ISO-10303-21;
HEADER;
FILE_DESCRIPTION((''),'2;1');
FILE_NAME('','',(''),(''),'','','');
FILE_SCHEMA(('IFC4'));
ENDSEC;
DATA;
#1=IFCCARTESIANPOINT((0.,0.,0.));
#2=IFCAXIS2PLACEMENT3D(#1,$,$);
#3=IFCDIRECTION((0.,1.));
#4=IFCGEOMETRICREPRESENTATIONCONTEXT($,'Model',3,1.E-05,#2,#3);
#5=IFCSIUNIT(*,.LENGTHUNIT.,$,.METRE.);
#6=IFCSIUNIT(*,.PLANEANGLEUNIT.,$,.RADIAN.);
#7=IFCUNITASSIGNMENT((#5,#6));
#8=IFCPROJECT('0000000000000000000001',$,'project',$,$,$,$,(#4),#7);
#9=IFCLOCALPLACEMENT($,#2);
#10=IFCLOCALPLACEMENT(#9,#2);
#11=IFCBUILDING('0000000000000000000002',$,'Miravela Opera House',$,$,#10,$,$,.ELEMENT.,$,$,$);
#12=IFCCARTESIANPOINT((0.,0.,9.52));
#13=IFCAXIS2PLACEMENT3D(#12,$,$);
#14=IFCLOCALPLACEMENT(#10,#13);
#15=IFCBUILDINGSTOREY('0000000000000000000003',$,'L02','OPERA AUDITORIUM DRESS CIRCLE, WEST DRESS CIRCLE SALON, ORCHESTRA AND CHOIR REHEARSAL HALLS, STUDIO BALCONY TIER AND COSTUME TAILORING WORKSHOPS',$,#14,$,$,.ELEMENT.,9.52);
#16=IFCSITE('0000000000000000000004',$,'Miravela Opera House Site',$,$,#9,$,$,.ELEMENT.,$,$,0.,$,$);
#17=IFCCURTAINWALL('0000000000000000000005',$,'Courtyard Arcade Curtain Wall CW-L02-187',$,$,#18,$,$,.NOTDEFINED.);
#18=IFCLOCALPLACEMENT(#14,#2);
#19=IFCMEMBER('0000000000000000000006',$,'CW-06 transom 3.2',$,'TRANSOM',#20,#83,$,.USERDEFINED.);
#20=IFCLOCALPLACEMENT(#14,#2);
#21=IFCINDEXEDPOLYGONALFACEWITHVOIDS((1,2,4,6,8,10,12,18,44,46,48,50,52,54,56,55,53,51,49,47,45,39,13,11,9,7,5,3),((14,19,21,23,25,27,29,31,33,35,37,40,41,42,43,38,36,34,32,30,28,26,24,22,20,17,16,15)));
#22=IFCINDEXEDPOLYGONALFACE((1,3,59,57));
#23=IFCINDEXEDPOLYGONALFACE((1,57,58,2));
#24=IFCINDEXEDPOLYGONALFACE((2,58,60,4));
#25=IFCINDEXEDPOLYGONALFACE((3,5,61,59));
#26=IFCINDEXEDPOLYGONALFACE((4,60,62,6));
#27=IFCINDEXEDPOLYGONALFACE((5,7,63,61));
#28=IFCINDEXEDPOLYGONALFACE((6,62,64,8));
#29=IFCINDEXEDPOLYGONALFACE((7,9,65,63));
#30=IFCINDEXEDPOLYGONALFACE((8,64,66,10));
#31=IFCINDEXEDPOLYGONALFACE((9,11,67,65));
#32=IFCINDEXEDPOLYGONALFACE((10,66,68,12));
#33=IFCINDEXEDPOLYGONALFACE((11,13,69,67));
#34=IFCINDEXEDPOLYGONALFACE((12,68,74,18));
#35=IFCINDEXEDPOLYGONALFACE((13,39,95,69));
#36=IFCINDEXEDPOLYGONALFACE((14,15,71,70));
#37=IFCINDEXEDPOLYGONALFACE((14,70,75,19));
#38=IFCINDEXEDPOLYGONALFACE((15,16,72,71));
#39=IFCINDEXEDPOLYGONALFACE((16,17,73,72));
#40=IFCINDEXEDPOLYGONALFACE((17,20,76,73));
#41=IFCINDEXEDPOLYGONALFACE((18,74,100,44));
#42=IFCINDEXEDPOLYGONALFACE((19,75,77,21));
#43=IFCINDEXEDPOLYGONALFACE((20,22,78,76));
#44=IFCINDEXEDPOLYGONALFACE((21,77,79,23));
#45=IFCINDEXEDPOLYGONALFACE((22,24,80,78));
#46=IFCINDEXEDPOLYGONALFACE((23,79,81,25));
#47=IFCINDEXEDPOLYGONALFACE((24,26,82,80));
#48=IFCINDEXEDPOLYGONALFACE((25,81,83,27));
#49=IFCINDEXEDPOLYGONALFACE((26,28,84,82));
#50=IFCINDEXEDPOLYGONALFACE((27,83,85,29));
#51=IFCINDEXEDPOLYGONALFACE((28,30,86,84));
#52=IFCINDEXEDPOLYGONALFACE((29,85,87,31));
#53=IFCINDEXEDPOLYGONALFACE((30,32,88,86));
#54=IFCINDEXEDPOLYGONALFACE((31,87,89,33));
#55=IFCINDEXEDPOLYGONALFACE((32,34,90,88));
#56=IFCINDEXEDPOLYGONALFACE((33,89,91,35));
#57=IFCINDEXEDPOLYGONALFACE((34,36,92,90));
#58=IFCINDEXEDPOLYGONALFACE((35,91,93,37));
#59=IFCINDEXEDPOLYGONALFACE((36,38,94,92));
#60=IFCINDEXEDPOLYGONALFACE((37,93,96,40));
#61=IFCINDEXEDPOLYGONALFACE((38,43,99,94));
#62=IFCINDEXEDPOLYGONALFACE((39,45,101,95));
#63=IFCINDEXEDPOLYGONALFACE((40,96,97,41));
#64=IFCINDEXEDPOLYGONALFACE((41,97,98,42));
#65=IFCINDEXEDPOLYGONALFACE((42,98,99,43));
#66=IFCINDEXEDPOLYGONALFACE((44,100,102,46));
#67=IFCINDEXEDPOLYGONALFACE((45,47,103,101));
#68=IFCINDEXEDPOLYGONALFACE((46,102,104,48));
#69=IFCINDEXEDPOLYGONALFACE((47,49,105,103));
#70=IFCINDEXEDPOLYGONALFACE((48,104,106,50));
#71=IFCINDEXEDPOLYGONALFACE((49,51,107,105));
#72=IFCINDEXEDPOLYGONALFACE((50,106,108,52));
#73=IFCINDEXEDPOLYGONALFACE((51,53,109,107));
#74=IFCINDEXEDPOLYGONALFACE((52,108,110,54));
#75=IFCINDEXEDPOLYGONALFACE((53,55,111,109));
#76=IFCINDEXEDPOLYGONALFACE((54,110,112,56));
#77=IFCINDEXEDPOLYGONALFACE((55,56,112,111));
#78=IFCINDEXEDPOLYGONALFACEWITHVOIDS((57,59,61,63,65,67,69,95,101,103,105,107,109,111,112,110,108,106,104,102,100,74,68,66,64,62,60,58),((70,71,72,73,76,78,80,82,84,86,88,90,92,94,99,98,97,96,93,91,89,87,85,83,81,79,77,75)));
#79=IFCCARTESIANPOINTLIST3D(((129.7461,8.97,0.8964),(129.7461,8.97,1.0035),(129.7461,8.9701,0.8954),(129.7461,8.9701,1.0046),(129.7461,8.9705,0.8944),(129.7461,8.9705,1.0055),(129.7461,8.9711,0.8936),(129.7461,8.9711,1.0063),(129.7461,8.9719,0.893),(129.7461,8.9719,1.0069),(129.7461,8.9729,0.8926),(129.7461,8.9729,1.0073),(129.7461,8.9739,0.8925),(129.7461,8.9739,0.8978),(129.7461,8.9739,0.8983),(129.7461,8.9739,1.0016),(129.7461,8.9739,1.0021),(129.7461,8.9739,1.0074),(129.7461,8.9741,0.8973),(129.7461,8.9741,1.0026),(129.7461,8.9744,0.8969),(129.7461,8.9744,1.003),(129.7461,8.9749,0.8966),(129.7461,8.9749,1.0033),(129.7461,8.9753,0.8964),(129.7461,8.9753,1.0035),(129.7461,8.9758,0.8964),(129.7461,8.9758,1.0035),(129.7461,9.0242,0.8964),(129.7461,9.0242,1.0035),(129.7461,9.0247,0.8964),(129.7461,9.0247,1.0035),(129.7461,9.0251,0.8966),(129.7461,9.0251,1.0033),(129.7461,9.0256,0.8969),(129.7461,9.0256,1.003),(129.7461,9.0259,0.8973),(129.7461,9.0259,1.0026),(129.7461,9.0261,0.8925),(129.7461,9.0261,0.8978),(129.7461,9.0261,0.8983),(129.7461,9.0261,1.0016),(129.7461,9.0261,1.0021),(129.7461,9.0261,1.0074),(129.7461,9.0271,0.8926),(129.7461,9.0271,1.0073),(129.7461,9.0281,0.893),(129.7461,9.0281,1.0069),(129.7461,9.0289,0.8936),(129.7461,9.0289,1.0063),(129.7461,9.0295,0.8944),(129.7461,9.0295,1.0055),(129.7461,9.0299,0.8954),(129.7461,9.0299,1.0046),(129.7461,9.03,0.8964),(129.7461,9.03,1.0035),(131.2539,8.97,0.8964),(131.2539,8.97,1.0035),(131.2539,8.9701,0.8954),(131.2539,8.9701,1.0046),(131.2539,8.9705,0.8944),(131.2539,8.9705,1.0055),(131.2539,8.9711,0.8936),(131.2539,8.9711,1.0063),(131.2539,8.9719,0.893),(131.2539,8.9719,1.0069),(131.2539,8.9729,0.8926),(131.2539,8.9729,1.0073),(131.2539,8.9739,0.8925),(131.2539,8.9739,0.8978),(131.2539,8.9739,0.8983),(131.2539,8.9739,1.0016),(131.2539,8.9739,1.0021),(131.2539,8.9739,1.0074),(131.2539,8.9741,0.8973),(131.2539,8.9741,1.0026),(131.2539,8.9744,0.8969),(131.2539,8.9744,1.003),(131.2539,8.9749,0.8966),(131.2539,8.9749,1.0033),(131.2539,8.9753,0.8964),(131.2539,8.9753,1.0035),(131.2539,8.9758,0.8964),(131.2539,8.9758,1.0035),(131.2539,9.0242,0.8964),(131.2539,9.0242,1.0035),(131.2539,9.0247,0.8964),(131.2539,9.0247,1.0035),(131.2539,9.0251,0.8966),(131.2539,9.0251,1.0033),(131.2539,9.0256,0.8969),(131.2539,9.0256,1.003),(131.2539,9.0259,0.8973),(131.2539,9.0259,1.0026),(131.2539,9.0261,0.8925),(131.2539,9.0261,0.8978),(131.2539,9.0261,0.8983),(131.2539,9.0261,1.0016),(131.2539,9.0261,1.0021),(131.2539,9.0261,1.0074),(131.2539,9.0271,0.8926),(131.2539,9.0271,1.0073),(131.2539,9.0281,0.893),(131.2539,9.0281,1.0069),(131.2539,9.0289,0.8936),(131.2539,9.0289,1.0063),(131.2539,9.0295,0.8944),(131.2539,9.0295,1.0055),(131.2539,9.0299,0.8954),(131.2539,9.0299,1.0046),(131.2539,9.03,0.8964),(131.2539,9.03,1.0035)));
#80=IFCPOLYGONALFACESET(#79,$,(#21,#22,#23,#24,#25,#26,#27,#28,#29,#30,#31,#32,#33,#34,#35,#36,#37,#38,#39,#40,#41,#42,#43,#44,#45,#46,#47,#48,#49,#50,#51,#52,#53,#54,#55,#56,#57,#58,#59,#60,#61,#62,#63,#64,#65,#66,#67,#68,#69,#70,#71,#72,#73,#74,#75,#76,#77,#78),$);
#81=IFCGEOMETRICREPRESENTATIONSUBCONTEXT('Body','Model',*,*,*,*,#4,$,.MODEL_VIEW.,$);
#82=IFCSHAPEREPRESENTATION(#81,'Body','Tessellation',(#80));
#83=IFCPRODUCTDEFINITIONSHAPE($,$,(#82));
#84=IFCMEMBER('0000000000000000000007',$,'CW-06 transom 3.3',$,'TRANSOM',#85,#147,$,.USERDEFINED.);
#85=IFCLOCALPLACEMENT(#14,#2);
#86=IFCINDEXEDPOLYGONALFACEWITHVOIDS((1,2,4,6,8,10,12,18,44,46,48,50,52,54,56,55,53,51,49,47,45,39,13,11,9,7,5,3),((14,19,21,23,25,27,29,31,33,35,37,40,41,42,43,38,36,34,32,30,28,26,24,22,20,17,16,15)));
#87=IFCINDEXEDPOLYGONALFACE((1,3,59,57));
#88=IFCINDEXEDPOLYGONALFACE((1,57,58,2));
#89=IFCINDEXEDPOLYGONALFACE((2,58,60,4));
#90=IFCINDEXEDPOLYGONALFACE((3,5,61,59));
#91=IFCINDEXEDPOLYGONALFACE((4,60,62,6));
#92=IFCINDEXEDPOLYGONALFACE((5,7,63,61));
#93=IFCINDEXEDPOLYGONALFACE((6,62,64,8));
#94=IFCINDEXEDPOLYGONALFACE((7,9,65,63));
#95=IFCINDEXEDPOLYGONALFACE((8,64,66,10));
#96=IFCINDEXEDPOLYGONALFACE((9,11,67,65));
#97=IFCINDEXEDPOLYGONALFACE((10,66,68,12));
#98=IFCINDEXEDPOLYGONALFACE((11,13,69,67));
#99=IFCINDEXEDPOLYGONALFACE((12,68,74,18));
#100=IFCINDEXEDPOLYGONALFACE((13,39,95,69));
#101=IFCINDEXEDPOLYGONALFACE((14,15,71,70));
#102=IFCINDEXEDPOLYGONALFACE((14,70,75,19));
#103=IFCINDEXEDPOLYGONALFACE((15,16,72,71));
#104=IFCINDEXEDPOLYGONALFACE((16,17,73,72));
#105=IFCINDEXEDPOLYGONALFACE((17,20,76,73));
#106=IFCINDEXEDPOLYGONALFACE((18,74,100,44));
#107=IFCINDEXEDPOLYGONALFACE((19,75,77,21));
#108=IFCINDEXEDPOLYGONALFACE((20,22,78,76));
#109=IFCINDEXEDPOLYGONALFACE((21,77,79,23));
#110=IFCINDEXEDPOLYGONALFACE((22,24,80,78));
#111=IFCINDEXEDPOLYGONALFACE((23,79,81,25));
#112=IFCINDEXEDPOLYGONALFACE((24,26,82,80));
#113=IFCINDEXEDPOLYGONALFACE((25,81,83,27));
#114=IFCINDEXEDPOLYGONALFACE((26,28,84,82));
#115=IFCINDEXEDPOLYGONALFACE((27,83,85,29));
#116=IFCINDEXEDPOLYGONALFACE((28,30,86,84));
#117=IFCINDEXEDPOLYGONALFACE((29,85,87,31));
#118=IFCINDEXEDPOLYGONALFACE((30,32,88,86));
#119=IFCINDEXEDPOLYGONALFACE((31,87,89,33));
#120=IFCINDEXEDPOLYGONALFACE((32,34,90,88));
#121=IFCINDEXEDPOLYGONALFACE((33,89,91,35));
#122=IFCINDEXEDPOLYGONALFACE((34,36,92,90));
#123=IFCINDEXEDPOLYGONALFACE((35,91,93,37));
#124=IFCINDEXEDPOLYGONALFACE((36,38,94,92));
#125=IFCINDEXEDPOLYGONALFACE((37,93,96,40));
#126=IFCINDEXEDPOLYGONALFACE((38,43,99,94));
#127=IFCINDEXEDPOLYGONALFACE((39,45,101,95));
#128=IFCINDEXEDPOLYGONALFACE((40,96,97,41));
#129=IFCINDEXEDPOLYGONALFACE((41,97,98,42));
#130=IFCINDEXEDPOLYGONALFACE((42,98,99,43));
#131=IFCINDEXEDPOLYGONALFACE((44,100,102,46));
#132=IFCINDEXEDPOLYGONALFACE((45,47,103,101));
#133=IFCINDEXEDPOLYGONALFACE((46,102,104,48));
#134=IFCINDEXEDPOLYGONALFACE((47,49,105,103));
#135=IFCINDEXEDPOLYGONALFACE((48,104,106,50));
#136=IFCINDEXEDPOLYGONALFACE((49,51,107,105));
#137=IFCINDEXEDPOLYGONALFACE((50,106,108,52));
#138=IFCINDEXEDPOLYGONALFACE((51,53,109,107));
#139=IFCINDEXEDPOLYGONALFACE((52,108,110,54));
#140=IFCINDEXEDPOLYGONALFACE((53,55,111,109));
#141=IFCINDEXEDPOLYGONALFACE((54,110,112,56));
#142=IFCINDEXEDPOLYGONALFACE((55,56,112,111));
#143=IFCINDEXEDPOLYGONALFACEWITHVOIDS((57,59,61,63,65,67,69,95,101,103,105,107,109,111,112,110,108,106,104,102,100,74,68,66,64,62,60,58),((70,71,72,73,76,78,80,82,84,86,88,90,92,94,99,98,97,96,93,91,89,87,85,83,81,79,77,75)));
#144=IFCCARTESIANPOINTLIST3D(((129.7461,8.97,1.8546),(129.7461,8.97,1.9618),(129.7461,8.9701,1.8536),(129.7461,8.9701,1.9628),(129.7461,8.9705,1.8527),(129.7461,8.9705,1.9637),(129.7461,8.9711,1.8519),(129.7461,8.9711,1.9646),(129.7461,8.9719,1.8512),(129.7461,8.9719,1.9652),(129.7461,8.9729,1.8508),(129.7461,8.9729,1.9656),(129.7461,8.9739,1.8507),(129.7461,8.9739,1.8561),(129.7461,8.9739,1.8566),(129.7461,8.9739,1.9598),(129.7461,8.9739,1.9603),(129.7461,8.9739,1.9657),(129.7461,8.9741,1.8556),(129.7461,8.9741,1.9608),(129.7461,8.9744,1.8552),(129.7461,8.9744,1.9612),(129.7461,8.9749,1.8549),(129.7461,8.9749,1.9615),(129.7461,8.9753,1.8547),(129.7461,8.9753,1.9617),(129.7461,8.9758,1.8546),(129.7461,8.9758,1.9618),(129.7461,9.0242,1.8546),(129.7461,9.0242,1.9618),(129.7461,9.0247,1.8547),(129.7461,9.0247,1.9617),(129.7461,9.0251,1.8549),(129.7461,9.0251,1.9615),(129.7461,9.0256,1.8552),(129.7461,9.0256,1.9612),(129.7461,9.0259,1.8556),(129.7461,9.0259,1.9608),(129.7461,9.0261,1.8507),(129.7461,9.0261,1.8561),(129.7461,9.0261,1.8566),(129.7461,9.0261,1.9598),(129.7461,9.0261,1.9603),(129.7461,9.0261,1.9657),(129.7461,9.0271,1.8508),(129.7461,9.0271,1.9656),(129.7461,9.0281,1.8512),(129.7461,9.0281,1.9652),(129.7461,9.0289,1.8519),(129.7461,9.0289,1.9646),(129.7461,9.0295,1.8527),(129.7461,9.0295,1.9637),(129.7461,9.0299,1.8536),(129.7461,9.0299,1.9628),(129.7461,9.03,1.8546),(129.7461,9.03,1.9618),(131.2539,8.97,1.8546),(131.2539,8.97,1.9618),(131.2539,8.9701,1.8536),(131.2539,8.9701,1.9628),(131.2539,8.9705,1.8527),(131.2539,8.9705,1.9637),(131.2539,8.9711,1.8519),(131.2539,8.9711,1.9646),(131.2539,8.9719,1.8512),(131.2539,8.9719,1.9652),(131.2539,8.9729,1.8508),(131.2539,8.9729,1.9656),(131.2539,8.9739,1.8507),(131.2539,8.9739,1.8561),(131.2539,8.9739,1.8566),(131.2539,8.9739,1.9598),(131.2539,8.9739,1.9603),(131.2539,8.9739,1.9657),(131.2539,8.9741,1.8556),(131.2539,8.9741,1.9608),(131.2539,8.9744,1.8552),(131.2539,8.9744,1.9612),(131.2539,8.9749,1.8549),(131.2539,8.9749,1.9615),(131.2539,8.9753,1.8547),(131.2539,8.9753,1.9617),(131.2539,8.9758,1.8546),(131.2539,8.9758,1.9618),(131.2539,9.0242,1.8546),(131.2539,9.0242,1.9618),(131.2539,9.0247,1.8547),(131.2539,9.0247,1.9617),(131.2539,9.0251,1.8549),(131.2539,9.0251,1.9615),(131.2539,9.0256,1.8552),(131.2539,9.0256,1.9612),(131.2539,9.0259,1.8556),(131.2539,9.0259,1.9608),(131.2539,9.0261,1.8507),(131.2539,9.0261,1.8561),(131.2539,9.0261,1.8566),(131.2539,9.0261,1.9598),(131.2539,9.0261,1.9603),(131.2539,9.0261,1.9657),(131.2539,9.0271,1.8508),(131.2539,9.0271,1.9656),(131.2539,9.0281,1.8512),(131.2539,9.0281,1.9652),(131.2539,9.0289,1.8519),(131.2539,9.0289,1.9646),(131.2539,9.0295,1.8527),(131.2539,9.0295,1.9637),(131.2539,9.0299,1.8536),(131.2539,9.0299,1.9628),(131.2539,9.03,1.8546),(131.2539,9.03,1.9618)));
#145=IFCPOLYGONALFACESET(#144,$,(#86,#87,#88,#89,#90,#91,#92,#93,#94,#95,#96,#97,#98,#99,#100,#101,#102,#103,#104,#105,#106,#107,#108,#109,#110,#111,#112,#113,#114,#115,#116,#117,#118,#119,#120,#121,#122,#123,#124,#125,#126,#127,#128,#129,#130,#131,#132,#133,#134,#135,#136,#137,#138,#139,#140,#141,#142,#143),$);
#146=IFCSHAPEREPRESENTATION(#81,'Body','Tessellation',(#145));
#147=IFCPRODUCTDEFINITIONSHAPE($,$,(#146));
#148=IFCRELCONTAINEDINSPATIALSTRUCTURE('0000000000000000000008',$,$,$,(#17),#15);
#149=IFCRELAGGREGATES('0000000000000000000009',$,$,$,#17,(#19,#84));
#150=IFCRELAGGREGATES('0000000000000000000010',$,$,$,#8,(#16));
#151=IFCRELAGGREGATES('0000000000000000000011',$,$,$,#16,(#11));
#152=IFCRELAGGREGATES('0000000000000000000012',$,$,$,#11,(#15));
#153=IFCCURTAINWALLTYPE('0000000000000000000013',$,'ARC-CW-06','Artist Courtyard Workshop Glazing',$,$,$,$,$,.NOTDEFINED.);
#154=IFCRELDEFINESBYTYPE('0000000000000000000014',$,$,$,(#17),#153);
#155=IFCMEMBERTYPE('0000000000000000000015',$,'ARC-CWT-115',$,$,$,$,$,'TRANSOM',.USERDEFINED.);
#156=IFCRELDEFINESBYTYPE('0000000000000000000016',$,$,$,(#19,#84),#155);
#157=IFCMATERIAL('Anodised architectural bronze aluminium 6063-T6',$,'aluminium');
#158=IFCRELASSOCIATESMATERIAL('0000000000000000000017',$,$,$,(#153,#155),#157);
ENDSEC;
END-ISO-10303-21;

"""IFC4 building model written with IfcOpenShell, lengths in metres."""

from ifc_helpers import new_model, si_unit, direction, frame, origin, origin_2d, place, context, subcontext, project, spatial, hollow_rectangle, extrude, material, material_profile, profile_set, type_object, element, aggregate, save


model = new_model("IFC4")

# Units and contexts
model_context = context("Model", 3, precision=1e-05, world=origin(), true_north=direction((0.0, 1.0)))
body_context = subcontext(model_context, "Body", "Model", "MODEL_VIEW")
ifc_project = project(units=[si_unit("LENGTHUNIT", "METRE"), si_unit("PLANEANGLEUNIT", "RADIAN")], contexts=[model_context])

# Site, building, storey
site_placement = place(None, origin())
site = spatial("IfcSite", under=ifc_project, at=site_placement, Name="Miravela Opera House Site", CompositionType="ELEMENT", RefElevation=0.0)
building_placement = place(site_placement, origin())
building = spatial("IfcBuilding", under=site, at=building_placement, Name="Miravela Opera House", CompositionType="ELEMENT")
storey_placement = place(building_placement, frame((0.0, 0.0, 9.52)))
storey = spatial("IfcBuildingStorey", under=building, at=storey_placement, Name="L02", Description="OPERA AUDITORIUM DRESS CIRCLE, WEST DRESS CIRCLE SALON, ORCHESTRA AND CHOIR REHEARSAL HALLS, STUDIO BALCONY TIER AND COSTUME TAILORING WORKSHOPS", CompositionType="ELEMENT", Elevation=9.52)

# Shared definitions
ifc_material_1 = material(Name="Anodised architectural bronze aluminium 6063-T6", Category="aluminium")
curtain_wall_type = type_object("IfcCurtainWallType", Name="ARC-CW-06", Description="Artist Courtyard Workshop Glazing", PredefinedType="NOTDEFINED", material=ifc_material_1)

# Curtain wall
curtain_wall_1_placement = place(storey_placement, origin())
curtain_wall_1 = element("IfcCurtainWall", 1, at=curtain_wall_1_placement, inside=storey, type_object=curtain_wall_type, Name="Courtyard Arcade Curtain Wall CW-L02-187", PredefinedType="NOTDEFINED")

# Members
ifc_material_profile_1 = material_profile(ifc_material_1, hollow_rectangle(XDim=0.0601, YDim=0.115, WallThickness=0.0039, InnerFilletRadius=0.002, OuterFilletRadius=0.0039, at=origin_2d()), Name="CWT-60X115")
ifc_profile_set_1 = profile_set([ifc_material_profile_1])
member_type_1 = type_object("IfcMemberType", Name="ARC-CWT-115", ElementType="TRANSOM", PredefinedType="USERDEFINED", material=ifc_profile_set_1)
member_1_placement = place(storey_placement, frame((129.7461, 9.0, 0.95), z_axis=(1.0, 0.0, 0.0), x_axis=(0.0, 1.0, 0.0)))
member_1 = element("IfcMember", 2, at=member_1_placement, type_object=member_type_1, Name="CW-06 transom 3.2", ObjectType="TRANSOM", PredefinedType="USERDEFINED", context=body_context, shape_type="SweptSolid", body=[
    extrude(hollow_rectangle(XDim=0.0601, YDim=0.115, WallThickness=0.0039, InnerFilletRadius=0.002, OuterFilletRadius=0.0039, at=origin_2d()), origin(), (0.0, 0.0, 1.0), 1.5078),
])
member_2_placement = place(storey_placement, frame((129.7461, 9.0, 1.9082), z_axis=(1.0, 0.0, 0.0), x_axis=(0.0, 1.0, 0.0)))
member_2 = element("IfcMember", 3, at=member_2_placement, type_object=member_type_1, Name="CW-06 transom 3.3", ObjectType="TRANSOM", PredefinedType="USERDEFINED", context=body_context, shape_type="SweptSolid", body=[
    extrude(hollow_rectangle(XDim=0.0601, YDim=0.115, WallThickness=0.0039, InnerFilletRadius=0.002, OuterFilletRadius=0.0039, at=origin_2d()), origin(), (0.0, 0.0, 1.0), 1.5078),
])

aggregate(curtain_wall_1, [member_1, member_2])

save(model, "model.ifc")
